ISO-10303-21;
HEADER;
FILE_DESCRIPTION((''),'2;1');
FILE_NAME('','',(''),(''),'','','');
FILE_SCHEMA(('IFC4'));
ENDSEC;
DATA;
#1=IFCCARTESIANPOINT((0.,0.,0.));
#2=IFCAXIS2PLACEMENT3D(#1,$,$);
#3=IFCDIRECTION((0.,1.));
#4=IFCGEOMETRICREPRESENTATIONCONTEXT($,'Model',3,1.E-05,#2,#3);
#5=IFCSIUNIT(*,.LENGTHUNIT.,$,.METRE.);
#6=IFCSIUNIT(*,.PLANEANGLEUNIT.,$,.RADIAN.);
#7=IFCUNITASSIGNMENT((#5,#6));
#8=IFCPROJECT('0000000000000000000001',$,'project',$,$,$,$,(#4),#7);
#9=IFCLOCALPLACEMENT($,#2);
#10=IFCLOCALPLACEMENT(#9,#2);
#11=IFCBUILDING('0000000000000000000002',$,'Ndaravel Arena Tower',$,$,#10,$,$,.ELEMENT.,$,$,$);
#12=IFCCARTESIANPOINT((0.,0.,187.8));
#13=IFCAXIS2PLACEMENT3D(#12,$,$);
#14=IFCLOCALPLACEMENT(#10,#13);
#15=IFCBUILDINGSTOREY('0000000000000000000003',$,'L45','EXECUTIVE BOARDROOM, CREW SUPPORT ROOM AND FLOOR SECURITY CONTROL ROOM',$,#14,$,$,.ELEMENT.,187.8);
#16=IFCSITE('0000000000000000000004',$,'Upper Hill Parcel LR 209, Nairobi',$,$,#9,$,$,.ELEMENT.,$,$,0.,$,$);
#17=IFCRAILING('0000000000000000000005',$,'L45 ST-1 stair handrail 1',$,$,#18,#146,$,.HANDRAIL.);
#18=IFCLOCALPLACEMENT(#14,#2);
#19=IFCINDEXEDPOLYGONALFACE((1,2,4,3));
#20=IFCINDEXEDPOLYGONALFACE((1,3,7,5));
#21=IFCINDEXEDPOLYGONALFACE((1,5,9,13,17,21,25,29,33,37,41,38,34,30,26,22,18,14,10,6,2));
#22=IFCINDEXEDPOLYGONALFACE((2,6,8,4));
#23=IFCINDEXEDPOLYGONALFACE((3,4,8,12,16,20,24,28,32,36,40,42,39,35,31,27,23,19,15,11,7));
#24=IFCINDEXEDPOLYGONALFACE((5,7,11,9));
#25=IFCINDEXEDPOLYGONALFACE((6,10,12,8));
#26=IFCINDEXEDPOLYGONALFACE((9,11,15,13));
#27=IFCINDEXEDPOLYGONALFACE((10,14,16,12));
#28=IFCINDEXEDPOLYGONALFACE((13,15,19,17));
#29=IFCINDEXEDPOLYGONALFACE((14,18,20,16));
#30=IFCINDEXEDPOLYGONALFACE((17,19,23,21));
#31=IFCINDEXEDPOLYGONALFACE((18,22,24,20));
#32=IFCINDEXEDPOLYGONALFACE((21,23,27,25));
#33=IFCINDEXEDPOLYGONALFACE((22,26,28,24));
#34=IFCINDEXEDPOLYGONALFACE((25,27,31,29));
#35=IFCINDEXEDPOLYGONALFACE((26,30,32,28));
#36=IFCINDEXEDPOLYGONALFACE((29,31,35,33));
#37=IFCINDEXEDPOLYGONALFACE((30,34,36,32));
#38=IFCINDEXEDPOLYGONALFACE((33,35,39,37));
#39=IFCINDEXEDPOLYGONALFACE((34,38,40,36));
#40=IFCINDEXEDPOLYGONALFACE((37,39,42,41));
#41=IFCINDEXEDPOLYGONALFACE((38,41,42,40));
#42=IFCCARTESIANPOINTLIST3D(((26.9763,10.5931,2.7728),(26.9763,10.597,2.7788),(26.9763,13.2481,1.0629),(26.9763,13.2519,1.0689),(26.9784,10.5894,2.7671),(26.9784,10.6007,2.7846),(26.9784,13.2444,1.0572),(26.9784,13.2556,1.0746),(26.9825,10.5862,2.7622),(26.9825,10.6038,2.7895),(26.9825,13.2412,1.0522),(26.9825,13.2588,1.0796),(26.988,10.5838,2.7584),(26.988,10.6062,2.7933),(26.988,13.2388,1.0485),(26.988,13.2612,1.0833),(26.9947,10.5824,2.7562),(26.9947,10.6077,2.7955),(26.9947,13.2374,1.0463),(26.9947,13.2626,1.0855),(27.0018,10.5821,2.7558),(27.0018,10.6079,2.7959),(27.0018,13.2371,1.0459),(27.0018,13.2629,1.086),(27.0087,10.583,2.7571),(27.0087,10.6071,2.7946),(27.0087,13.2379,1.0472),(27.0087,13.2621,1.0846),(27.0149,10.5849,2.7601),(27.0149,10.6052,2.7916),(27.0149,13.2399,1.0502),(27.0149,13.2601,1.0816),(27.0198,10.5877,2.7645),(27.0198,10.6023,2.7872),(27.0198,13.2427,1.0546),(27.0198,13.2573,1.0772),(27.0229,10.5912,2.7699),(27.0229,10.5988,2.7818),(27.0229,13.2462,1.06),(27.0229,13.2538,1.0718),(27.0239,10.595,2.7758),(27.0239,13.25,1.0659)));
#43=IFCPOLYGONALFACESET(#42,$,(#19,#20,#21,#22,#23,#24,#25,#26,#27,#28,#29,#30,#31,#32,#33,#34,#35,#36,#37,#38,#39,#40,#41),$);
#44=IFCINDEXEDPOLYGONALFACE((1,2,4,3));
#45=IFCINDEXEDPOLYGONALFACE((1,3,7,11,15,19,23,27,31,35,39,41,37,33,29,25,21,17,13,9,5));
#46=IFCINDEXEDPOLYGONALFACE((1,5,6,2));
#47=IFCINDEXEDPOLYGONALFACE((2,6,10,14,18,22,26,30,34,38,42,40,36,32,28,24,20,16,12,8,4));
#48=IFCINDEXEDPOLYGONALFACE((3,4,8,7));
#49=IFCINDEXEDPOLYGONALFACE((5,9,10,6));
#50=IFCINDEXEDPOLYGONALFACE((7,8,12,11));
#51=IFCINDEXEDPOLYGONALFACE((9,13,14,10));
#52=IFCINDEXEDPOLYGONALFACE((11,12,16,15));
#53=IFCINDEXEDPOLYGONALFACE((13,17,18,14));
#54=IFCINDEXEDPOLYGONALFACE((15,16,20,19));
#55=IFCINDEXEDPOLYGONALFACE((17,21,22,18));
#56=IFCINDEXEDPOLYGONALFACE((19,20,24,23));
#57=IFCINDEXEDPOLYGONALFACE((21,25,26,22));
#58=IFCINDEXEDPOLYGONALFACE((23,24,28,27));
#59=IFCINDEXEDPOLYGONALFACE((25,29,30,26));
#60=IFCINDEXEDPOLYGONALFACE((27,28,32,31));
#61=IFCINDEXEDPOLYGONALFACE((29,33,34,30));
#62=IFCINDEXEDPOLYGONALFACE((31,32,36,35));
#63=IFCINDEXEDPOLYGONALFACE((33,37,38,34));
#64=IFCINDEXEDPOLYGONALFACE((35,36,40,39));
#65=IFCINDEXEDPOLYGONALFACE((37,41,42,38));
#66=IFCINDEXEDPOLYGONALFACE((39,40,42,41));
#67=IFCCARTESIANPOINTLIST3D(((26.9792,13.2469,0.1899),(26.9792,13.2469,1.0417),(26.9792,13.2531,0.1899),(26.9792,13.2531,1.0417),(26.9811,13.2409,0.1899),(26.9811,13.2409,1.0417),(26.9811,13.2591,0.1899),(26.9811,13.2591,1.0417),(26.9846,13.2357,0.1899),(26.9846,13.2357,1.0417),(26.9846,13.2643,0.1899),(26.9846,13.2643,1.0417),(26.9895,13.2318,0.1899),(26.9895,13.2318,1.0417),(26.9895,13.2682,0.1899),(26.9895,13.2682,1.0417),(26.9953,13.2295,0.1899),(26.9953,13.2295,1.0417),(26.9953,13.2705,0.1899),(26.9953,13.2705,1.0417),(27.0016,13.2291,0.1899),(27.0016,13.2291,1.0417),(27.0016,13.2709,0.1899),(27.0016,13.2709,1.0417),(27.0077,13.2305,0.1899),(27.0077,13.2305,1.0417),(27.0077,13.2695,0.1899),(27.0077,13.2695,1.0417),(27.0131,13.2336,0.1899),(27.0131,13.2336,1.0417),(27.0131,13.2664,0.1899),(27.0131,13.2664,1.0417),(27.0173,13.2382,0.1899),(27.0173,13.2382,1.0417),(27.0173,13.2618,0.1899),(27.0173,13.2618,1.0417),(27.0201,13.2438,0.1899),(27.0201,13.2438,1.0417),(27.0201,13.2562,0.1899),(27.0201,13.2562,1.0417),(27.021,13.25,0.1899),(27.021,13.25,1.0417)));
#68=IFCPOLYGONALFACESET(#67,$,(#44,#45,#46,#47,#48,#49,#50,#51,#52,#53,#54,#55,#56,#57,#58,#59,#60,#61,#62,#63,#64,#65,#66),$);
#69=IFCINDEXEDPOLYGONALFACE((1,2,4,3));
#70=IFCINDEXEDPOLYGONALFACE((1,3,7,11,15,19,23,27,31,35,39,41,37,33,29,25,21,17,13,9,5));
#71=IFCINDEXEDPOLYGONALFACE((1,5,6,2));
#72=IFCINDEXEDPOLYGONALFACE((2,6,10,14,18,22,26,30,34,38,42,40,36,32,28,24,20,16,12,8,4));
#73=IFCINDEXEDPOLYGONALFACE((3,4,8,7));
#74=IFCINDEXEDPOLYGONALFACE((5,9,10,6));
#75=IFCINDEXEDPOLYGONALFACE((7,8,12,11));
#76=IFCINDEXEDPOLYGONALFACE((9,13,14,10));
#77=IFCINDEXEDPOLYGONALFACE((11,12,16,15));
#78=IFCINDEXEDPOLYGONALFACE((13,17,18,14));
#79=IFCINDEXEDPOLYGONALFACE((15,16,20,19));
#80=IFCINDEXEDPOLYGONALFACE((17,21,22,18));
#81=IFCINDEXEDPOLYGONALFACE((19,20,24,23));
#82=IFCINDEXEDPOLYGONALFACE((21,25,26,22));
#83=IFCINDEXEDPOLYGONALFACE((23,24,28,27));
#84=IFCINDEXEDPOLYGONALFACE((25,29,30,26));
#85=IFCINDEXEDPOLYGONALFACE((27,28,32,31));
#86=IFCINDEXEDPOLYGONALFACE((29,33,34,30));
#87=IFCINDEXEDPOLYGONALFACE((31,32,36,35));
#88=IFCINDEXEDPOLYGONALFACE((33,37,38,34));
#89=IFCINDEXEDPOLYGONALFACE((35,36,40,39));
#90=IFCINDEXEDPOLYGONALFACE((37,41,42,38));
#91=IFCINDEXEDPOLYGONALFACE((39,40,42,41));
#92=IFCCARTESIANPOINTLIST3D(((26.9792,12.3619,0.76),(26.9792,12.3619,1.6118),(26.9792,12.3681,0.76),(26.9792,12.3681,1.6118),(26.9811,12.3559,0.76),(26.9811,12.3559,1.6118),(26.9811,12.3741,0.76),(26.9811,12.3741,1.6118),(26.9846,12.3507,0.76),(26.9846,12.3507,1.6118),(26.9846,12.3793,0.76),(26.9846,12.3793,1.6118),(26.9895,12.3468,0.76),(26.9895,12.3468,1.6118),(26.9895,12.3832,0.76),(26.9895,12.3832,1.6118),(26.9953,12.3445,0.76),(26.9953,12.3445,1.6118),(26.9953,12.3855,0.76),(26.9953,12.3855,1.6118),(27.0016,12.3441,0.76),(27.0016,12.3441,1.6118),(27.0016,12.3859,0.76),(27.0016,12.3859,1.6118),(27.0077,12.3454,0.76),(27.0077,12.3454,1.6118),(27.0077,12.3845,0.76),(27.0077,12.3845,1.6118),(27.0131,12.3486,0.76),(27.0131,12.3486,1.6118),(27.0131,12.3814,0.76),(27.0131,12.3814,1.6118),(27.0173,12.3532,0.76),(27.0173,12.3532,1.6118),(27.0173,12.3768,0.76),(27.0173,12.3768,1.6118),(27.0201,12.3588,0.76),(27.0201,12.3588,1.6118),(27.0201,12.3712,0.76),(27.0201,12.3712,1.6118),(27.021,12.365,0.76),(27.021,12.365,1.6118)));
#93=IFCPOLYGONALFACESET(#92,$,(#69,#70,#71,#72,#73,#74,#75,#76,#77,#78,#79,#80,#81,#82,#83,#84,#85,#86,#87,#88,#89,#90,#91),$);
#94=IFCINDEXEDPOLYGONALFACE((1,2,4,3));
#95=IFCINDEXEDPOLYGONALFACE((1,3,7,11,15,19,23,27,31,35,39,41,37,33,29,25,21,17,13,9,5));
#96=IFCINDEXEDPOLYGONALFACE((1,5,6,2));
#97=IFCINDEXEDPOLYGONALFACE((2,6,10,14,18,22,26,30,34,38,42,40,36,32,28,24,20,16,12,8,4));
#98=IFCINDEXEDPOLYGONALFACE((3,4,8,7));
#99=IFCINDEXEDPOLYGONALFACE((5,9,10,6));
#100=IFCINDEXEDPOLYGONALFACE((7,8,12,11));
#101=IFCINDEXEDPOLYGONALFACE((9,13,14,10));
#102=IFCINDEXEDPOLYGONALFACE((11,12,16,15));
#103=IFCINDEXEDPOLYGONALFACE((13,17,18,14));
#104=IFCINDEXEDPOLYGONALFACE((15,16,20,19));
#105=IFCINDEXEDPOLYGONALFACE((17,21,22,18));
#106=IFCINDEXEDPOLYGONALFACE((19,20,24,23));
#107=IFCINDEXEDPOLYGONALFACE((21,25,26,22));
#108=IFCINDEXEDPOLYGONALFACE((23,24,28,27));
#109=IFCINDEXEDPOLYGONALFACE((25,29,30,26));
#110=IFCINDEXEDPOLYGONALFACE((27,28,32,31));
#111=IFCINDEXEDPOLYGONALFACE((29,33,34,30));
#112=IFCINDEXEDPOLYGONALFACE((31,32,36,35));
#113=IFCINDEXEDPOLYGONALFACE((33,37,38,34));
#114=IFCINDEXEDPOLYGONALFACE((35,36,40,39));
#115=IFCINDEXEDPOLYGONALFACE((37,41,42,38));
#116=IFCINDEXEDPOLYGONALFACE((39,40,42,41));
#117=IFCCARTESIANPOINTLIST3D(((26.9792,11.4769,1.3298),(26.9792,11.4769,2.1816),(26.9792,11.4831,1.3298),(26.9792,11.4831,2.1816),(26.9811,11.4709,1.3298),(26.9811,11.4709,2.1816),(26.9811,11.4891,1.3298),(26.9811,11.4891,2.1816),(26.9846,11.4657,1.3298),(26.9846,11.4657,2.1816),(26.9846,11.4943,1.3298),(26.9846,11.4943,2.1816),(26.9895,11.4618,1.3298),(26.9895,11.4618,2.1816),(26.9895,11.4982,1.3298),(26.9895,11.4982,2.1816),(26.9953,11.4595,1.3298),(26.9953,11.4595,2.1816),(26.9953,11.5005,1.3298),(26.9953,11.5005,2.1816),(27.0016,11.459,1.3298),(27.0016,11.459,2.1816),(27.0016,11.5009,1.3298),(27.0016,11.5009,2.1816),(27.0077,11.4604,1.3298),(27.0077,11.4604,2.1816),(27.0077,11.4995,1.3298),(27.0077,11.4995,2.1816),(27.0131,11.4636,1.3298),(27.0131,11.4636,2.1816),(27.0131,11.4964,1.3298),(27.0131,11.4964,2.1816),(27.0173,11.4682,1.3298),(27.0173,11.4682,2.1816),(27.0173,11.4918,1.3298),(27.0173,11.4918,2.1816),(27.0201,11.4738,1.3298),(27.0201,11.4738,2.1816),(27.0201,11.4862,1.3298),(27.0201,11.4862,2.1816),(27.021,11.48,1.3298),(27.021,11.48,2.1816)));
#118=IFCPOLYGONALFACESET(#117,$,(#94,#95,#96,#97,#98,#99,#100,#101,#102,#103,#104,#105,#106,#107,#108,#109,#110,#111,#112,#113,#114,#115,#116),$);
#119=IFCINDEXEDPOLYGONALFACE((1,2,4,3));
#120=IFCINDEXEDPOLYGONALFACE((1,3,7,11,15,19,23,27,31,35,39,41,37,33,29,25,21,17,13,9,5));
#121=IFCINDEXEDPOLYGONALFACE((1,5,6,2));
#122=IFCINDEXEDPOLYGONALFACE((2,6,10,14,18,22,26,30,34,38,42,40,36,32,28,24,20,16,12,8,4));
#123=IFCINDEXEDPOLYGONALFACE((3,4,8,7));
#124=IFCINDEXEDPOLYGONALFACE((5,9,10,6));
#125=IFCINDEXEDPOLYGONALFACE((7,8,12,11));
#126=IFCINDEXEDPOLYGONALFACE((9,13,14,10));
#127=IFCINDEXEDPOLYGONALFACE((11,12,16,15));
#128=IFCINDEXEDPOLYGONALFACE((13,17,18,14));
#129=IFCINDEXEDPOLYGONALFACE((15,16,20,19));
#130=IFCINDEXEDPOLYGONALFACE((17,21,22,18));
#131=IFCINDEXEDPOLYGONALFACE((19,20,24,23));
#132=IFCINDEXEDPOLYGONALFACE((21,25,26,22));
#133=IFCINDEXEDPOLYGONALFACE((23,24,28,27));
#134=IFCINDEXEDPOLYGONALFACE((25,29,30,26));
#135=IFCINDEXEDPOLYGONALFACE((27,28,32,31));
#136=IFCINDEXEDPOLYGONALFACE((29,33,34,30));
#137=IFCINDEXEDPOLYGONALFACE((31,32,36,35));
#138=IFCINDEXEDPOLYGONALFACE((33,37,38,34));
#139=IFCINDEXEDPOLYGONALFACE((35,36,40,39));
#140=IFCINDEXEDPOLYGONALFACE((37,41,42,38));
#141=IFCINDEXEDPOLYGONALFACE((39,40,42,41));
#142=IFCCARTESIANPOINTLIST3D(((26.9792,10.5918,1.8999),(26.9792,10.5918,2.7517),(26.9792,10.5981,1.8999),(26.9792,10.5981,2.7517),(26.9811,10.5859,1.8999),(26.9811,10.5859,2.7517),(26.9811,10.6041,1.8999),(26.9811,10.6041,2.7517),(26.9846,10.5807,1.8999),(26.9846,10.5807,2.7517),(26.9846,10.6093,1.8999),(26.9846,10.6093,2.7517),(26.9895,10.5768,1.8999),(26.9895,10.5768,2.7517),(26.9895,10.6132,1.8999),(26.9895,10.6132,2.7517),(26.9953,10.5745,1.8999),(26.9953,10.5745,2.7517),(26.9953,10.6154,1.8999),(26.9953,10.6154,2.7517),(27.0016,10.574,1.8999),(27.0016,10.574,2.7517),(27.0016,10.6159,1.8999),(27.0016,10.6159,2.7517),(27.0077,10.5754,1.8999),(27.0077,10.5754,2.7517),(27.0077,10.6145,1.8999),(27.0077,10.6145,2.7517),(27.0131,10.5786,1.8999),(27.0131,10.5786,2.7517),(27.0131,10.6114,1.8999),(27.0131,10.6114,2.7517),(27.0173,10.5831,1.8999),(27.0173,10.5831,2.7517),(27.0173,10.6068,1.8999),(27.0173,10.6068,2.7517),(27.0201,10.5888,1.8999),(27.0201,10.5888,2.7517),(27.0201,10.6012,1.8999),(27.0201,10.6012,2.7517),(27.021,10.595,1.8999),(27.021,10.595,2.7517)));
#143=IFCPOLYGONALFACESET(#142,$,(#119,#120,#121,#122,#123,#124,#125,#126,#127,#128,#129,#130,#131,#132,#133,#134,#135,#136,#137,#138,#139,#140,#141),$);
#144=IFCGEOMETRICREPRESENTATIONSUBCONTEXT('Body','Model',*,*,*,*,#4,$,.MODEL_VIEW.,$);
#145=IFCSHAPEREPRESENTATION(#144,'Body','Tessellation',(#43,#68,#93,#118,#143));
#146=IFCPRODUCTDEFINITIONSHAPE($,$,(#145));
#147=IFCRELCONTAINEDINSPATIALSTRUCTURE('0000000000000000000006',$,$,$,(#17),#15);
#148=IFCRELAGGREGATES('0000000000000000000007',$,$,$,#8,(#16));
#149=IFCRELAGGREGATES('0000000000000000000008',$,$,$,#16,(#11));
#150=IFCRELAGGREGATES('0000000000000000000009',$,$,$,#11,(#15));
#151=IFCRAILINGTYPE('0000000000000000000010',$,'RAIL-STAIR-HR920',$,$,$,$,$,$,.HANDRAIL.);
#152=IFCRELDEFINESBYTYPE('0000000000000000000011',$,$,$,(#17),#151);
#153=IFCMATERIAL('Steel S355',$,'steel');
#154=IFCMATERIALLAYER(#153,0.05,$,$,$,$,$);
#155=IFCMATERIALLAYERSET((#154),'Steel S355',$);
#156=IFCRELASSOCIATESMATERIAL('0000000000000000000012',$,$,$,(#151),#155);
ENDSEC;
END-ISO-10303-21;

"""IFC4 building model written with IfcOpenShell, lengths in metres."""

from ifc_helpers import new_model, si_unit, direction, frame, origin, origin_2d, place, context, subcontext, project, spatial, circle, extrude, material, layer, layer_set, type_object, element, save


model = new_model("IFC4")

# Units and contexts
model_context = context("Model", 3, precision=1e-05, world=origin(), true_north=direction((0.0, 1.0)))
body_context = subcontext(model_context, "Body", "Model", "MODEL_VIEW")
ifc_project = project(units=[si_unit("LENGTHUNIT", "METRE"), si_unit("PLANEANGLEUNIT", "RADIAN")], contexts=[model_context])

# Site, building, storey
site_placement = place(None, origin())
site = spatial("IfcSite", under=ifc_project, at=site_placement, Name="Upper Hill Parcel LR 209, Nairobi", CompositionType="ELEMENT", RefElevation=0.0)
building_placement = place(site_placement, origin())
building = spatial("IfcBuilding", under=site, at=building_placement, Name="Ndaravel Arena Tower", CompositionType="ELEMENT")
storey_placement = place(building_placement, frame((0.0, 0.0, 187.8)))
storey = spatial("IfcBuildingStorey", under=building, at=storey_placement, Name="L45", Description="EXECUTIVE BOARDROOM, CREW SUPPORT ROOM AND FLOOR SECURITY CONTROL ROOM", CompositionType="ELEMENT", Elevation=187.8)

# Railing
ifc_material_1 = material(Name="Steel S355", Category="steel")
ifc_layer_1 = layer(ifc_material_1, 0.05)
ifc_layer_set_1 = layer_set([ifc_layer_1], Name="Steel S355")
railing_type = type_object("IfcRailingType", Name="RAIL-STAIR-HR920", PredefinedType="HANDRAIL", material=ifc_layer_set_1)
railing_placement = place(storey_placement, frame((27.0, 13.25, 0.1899)))
element("IfcRailing", 1, at=railing_placement, inside=storey, type_object=railing_type, Name="L45 ST-1 stair handrail 1", PredefinedType="HANDRAIL", context=body_context, shape_type="SweptSolid", body=[
    extrude(circle(Radius=0.0239, at=origin_2d()), frame((0.0, 0.0, 0.876), z_axis=(0.0, -0.840724, 0.541465), x_axis=(1.0, 0.0, 0.0)), (0.0, 0.0, 1.0), 3.158),
    extrude(circle(Radius=0.021, at=origin_2d()), origin(), (0.0, 0.0, 1.0), 0.8518),
    extrude(circle(Radius=0.021, at=origin_2d()), frame((0.0, -0.885, 0.5701)), (0.0, 0.0, 1.0), 0.8518),
    extrude(circle(Radius=0.021, at=origin_2d()), frame((0.0, -1.77, 1.1399)), (0.0, 0.0, 1.0), 0.8518),
    extrude(circle(Radius=0.021, at=origin_2d()), frame((0.0, -2.655, 1.71)), (0.0, 0.0, 1.0), 0.8518),
])

save(model, "model.ifc")
